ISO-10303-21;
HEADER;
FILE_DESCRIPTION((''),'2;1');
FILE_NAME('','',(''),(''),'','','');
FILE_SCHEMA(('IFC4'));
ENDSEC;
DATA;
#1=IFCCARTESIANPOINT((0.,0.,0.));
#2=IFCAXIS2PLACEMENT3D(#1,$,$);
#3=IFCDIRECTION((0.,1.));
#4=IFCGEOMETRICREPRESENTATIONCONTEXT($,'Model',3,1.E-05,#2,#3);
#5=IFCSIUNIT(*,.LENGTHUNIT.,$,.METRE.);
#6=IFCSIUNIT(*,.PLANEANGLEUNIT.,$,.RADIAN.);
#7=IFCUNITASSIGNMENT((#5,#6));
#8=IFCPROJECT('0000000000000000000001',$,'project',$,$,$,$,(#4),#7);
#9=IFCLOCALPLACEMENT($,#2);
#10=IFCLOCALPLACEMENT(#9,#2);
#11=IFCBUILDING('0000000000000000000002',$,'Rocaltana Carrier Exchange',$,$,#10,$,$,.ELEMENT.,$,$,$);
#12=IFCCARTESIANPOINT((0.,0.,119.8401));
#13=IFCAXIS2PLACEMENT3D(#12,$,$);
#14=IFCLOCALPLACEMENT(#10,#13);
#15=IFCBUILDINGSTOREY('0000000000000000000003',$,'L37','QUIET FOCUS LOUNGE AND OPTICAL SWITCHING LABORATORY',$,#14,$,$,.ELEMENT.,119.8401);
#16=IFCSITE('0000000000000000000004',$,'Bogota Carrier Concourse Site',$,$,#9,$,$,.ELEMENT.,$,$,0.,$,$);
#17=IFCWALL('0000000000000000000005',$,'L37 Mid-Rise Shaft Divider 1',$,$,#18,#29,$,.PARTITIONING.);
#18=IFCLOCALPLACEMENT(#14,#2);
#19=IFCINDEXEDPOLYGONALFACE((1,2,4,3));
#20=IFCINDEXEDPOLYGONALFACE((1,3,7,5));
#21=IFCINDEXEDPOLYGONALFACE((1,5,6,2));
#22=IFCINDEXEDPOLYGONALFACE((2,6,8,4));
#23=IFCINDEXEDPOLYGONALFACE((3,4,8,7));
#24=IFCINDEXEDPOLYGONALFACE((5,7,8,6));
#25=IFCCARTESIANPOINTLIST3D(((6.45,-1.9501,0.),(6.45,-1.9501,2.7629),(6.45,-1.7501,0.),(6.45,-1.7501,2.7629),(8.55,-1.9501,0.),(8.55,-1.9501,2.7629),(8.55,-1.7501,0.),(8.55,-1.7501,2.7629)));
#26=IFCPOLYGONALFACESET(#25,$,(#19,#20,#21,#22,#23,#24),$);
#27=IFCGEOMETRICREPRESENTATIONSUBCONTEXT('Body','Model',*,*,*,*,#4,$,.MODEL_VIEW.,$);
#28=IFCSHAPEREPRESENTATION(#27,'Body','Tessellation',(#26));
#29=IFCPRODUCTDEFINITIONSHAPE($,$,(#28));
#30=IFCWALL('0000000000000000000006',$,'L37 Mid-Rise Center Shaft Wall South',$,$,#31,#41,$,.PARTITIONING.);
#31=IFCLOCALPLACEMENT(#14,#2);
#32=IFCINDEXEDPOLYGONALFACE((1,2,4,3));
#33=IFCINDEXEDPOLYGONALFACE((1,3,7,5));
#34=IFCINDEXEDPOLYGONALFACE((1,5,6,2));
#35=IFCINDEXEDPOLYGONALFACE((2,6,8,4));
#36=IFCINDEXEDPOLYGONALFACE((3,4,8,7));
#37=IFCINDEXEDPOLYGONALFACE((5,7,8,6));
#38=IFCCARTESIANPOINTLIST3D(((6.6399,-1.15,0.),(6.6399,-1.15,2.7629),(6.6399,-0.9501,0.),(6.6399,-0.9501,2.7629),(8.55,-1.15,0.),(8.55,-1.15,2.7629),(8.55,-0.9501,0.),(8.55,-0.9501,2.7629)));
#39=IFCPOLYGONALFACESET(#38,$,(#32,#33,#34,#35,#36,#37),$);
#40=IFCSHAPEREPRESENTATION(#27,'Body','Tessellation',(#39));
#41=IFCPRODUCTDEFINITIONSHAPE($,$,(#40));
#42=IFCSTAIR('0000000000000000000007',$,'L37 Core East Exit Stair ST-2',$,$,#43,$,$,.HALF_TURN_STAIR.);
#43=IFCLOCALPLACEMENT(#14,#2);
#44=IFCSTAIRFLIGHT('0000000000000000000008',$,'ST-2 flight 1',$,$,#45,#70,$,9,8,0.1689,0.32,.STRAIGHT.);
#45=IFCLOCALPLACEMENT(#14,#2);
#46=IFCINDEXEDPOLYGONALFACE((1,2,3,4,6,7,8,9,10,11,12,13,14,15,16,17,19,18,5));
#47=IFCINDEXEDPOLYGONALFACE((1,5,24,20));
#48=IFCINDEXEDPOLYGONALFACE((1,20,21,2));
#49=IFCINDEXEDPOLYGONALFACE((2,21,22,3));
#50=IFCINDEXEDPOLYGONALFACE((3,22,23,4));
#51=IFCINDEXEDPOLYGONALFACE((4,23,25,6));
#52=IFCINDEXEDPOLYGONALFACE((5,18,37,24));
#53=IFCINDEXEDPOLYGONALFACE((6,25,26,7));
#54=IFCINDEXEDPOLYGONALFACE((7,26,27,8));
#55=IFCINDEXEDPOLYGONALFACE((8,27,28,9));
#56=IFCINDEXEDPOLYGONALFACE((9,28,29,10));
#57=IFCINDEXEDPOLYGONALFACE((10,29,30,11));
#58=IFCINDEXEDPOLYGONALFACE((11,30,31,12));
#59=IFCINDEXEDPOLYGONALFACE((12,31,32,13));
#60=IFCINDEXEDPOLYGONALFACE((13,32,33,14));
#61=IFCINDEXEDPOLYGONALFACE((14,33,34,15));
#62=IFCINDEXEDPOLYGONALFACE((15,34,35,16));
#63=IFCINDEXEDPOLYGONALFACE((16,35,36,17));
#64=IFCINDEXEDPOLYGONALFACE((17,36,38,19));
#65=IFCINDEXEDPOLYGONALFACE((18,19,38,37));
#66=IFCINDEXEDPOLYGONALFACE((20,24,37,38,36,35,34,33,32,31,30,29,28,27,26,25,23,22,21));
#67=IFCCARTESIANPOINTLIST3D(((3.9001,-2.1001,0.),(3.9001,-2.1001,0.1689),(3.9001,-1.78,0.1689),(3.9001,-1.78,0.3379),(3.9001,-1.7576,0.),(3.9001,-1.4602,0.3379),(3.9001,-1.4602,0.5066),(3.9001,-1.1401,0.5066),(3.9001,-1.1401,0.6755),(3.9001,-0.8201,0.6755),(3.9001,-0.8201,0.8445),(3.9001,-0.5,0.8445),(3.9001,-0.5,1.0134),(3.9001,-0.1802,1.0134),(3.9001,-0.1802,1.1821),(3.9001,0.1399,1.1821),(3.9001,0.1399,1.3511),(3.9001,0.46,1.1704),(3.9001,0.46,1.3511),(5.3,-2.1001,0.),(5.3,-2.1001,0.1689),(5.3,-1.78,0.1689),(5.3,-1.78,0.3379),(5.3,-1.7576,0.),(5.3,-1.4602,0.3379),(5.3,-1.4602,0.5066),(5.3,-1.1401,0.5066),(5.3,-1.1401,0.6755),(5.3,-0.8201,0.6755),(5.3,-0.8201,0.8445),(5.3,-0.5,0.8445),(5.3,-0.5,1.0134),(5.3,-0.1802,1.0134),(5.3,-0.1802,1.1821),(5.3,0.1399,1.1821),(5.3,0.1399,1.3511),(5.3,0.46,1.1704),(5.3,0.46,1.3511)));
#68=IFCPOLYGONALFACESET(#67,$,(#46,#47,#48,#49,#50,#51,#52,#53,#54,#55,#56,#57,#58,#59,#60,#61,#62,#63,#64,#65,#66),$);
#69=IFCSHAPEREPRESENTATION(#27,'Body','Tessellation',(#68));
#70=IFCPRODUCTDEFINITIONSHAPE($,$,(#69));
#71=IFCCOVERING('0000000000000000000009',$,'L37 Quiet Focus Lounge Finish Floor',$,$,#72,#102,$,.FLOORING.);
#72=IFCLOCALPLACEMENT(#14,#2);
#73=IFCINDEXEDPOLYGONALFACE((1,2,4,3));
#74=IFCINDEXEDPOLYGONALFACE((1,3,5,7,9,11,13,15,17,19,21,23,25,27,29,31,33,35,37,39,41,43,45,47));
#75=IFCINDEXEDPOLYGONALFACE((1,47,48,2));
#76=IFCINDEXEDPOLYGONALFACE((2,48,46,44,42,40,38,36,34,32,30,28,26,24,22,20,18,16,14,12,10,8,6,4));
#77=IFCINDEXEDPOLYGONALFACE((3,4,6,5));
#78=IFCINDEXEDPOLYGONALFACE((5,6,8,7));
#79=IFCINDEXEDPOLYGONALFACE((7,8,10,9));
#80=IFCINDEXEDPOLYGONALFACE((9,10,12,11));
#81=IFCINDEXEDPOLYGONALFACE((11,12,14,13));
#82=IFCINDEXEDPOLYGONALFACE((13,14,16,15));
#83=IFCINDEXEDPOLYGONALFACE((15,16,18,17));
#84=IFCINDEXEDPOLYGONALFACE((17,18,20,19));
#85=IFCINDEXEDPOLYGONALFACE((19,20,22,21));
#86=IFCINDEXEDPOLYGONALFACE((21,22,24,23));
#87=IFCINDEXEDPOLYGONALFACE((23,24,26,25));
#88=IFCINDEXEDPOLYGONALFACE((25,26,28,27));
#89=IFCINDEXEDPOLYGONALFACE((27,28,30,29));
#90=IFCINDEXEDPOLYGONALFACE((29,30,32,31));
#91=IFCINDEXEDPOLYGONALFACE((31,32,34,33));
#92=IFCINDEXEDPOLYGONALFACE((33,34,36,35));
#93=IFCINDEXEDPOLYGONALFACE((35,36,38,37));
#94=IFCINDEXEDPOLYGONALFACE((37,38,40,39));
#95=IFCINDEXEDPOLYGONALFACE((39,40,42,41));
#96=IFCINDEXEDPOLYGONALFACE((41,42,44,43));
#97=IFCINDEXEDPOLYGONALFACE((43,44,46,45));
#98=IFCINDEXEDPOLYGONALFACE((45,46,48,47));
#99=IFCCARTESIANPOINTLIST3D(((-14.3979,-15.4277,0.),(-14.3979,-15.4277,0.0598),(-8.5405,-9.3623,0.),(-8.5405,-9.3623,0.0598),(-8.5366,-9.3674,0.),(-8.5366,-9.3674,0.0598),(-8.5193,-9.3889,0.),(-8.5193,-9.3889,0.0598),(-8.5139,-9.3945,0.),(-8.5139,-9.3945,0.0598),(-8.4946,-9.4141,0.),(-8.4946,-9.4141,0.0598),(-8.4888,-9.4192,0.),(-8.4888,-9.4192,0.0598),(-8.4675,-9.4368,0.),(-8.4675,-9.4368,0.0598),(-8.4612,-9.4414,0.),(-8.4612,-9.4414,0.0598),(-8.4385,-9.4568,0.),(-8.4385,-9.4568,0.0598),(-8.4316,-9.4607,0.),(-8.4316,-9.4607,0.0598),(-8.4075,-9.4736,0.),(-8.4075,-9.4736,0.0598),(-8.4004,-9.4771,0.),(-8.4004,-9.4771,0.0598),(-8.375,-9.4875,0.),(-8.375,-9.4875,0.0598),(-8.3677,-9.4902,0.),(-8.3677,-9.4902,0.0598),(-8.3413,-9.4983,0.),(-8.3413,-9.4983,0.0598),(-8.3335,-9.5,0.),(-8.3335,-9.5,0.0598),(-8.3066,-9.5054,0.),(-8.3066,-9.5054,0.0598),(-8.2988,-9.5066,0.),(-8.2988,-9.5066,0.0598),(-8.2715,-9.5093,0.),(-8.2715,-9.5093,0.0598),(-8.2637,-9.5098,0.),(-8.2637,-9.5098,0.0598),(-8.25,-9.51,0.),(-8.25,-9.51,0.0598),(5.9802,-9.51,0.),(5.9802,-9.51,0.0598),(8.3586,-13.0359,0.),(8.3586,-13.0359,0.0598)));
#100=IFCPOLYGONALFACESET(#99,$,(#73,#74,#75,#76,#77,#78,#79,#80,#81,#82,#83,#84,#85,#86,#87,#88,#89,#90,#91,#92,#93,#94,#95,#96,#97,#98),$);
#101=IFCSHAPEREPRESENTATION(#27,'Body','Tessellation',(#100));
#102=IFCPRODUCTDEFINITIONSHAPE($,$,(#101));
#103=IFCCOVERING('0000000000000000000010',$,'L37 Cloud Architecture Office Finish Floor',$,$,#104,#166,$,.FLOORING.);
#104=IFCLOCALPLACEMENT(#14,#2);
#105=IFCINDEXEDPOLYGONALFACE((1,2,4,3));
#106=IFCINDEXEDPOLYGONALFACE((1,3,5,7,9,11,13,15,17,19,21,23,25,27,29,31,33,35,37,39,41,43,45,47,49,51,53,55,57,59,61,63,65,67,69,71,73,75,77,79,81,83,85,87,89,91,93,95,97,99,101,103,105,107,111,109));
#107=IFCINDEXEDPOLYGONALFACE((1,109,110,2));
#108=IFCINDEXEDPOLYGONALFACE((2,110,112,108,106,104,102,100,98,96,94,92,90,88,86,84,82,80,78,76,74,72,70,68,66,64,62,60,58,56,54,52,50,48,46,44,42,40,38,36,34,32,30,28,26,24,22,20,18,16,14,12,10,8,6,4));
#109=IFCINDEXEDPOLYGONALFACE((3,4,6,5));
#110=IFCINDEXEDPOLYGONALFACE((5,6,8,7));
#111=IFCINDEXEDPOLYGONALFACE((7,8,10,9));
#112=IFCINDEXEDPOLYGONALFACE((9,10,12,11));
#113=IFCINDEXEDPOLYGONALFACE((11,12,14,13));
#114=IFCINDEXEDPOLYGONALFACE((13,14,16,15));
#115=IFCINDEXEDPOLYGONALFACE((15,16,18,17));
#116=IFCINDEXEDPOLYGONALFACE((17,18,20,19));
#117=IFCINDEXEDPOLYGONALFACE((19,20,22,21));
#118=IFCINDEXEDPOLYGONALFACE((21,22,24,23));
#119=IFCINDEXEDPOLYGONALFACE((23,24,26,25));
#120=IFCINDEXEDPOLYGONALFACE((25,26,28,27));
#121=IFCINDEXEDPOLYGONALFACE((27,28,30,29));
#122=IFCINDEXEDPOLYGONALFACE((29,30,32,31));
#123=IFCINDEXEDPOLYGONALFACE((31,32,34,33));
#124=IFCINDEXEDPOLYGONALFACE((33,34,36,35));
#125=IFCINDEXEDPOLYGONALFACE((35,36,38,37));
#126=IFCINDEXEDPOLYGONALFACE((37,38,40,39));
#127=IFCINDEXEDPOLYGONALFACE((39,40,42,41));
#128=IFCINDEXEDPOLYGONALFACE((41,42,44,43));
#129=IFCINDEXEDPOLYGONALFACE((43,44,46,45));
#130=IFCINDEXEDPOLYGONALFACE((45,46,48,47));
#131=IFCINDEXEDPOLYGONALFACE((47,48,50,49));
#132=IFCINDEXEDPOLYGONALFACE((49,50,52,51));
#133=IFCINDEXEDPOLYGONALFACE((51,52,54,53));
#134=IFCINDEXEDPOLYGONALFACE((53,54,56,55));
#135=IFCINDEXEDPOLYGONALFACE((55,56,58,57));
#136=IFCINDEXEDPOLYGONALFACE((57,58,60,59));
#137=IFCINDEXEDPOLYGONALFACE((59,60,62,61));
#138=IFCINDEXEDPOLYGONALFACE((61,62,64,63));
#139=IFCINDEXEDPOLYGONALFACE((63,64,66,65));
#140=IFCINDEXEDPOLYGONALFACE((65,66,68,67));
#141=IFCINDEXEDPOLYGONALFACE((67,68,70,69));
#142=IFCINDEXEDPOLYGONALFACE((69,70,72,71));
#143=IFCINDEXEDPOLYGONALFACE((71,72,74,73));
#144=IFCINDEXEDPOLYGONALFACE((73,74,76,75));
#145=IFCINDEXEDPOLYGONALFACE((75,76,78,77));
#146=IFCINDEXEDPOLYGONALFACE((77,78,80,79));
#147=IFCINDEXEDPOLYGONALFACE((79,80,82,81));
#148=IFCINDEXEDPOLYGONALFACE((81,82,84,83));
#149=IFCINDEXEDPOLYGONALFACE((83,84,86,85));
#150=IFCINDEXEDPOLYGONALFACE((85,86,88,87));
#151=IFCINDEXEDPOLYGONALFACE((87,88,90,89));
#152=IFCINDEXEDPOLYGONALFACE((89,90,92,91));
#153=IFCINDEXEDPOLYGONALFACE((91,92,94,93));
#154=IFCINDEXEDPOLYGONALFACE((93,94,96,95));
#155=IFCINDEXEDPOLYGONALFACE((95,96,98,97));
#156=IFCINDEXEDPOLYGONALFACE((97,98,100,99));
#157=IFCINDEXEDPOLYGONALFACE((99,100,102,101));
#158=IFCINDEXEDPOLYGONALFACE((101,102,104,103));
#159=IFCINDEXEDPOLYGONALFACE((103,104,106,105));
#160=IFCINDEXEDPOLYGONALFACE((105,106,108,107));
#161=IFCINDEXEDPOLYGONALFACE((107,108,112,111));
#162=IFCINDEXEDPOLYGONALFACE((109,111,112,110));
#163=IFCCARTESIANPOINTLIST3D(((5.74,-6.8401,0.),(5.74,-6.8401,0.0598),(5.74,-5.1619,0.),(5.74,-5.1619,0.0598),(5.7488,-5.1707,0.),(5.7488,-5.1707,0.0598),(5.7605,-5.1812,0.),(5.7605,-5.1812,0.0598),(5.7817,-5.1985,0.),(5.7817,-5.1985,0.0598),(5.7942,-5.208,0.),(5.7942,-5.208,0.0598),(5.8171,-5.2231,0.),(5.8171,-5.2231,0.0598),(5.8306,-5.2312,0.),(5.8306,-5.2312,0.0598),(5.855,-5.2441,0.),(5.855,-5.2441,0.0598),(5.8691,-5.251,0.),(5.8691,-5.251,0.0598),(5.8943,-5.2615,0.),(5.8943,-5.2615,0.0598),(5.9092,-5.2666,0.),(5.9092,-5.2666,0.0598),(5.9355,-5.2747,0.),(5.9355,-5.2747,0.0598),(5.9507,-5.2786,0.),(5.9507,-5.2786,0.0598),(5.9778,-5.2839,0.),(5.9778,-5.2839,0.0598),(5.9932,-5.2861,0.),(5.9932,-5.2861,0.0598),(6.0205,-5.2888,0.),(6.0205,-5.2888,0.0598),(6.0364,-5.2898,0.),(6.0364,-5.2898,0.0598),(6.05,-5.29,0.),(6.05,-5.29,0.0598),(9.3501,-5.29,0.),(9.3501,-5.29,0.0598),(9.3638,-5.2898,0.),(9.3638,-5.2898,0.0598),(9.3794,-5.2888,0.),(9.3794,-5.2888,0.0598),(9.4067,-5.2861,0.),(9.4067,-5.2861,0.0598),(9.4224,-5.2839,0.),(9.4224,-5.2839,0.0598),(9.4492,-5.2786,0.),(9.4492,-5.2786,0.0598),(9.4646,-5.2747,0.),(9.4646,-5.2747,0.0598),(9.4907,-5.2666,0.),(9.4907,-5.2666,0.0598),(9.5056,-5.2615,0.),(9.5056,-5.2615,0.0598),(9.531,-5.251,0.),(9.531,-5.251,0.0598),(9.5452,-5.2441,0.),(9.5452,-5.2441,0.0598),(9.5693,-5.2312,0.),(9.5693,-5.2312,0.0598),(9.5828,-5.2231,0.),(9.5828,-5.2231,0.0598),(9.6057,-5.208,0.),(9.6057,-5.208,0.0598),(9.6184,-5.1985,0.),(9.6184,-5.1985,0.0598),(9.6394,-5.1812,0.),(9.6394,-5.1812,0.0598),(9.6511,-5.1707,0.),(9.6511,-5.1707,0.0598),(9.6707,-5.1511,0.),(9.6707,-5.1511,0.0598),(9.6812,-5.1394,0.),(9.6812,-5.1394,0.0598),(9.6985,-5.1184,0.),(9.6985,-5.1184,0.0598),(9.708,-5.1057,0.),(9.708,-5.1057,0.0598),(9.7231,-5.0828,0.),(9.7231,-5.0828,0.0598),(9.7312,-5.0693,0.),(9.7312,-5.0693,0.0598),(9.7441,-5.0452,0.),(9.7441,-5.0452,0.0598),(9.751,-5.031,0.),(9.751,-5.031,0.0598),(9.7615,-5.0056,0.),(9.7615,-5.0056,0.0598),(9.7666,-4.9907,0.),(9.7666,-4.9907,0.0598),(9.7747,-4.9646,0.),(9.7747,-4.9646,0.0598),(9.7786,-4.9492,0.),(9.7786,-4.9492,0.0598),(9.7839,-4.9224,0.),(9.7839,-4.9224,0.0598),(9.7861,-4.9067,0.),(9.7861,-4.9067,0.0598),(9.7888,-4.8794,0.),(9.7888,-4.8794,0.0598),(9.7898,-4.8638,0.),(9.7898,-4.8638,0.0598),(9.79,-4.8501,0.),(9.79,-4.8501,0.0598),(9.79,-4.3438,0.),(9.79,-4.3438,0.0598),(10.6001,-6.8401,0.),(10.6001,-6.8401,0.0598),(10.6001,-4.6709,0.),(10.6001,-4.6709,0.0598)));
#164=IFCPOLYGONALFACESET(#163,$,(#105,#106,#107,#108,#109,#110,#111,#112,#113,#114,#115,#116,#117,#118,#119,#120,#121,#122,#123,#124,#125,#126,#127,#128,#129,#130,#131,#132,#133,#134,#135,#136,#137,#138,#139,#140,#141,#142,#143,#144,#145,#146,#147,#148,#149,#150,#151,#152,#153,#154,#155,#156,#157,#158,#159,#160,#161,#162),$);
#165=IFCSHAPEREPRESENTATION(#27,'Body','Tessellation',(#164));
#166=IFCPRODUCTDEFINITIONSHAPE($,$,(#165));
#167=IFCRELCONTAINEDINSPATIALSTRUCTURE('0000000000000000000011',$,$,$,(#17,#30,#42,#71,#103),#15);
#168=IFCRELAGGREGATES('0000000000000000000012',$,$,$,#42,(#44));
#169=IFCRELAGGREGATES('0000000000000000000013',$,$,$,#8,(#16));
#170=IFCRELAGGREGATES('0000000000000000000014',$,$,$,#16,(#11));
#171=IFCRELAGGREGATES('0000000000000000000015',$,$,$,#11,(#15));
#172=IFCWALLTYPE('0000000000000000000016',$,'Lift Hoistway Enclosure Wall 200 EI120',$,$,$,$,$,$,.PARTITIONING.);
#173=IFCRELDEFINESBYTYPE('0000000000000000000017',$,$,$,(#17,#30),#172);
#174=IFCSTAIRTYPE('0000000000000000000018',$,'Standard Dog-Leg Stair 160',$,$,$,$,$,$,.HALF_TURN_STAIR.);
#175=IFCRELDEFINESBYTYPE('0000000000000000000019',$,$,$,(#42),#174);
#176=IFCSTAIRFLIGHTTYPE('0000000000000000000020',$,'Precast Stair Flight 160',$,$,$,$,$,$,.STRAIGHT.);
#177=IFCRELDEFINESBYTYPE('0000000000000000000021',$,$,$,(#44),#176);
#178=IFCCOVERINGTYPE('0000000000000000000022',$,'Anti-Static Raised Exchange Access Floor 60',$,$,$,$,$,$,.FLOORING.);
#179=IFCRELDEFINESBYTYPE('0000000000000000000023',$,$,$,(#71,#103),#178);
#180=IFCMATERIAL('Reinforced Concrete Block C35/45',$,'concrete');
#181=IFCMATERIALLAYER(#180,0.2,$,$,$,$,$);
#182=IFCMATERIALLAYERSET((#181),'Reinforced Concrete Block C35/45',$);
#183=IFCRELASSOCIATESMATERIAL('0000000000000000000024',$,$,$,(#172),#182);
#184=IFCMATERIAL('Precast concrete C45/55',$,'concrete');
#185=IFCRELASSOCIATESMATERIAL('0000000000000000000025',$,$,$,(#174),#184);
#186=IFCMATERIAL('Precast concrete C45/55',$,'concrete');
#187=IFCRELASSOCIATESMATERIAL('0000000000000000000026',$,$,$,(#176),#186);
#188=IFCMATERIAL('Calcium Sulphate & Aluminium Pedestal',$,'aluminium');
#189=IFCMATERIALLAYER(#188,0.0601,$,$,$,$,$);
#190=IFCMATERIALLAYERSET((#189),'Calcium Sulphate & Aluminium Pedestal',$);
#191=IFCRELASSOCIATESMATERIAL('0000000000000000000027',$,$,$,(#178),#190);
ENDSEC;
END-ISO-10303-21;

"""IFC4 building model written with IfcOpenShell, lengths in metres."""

from ifc_helpers import new_model, si_unit, direction, frame, frame_2d, origin, place, context, subcontext, project, spatial, polyline, rectangle, outline, extrude, material, layer, layer_set, type_object, element, aggregate, save


model = new_model("IFC4")

# Units and contexts
model_context = context("Model", 3, precision=1e-05, world=origin(), true_north=direction((0.0, 1.0)))
body_context = subcontext(model_context, "Body", "Model", "MODEL_VIEW")
ifc_project = project(units=[si_unit("LENGTHUNIT", "METRE"), si_unit("PLANEANGLEUNIT", "RADIAN")], contexts=[model_context])

# Site, building, storey
site_placement = place(None, origin())
site = spatial("IfcSite", under=ifc_project, at=site_placement, Name="Bogota Carrier Concourse Site", CompositionType="ELEMENT", RefElevation=0.0)
building_placement = place(site_placement, origin())
building = spatial("IfcBuilding", under=site, at=building_placement, Name="Rocaltana Carrier Exchange", CompositionType="ELEMENT")
storey_placement = place(building_placement, frame((0.0, 0.0, 119.8401)))
storey = spatial("IfcBuildingStorey", under=building, at=storey_placement, Name="L37", Description="QUIET FOCUS LOUNGE AND OPTICAL SWITCHING LABORATORY", CompositionType="ELEMENT", Elevation=119.8401)

# Walls
ifc_material_1 = material(Name="Reinforced Concrete Block C35/45", Category="concrete")
ifc_layer_1 = layer(ifc_material_1, 0.2)
ifc_layer_set_1 = layer_set([ifc_layer_1], Name="Reinforced Concrete Block C35/45")
wall_type_1 = type_object("IfcWallType", Name="Lift Hoistway Enclosure Wall 200 EI120", PredefinedType="PARTITIONING", material=ifc_layer_set_1)
wall_1_placement = place(storey_placement, frame((6.45, -1.8501, 0.0), z_axis=(0.0, 0.0, 1.0), x_axis=(1.0, 0.0, 0.0)))
element("IfcWall", 1, at=wall_1_placement, inside=storey, type_object=wall_type_1, Name="L37 Mid-Rise Shaft Divider 1", PredefinedType="PARTITIONING", context=body_context, shape_type="SweptSolid", body=[
    extrude(rectangle(XDim=2.1001, YDim=0.2, at=frame_2d((1.05, 0.0))), origin(), (0.0, 0.0, 1.0), 2.7629),
])
wall_2_placement = place(storey_placement, frame((6.6399, -1.05, 0.0), z_axis=(0.0, 0.0, 1.0), x_axis=(1.0, 0.0, 0.0)))
element("IfcWall", 2, at=wall_2_placement, inside=storey, type_object=wall_type_1, Name="L37 Mid-Rise Center Shaft Wall South", PredefinedType="PARTITIONING", context=body_context, shape_type="SweptSolid", body=[
    extrude(rectangle(XDim=1.9102, YDim=0.2, at=frame_2d((0.9551, 0.0))), origin(), (0.0, 0.0, 1.0), 2.7629),
])

# Stair, stair flight
ifc_material_2 = material(Name="Precast concrete C45/55", Category="concrete")
stair_type = type_object("IfcStairType", Name="Standard Dog-Leg Stair 160", PredefinedType="HALF_TURN_STAIR", material=ifc_material_2)
stair_placement = place(storey_placement, origin())
stair = element("IfcStair", 3, at=stair_placement, inside=storey, type_object=stair_type, Name="L37 Core East Exit Stair ST-2", PredefinedType="HALF_TURN_STAIR")
ifc_material_3 = material(Name="Precast concrete C45/55", Category="concrete")
stair_flight_type = type_object("IfcStairFlightType", Name="Precast Stair Flight 160", PredefinedType="STRAIGHT", material=ifc_material_3)
stair_flight_placement = place(storey_placement, frame((4.6001, -2.1001, 0.0), z_axis=(0.0, 0.0, 1.0), x_axis=(0.0, 1.0, 0.0)))
stair_flight = element("IfcStairFlight", 4, at=stair_flight_placement, type_object=stair_flight_type, Name="ST-2 flight 1", NumberOfRisers=9, NumberOfTreads=8, PredefinedType="STRAIGHT", RiserHeight=0.1689, TreadLength=0.32, context=body_context, shape_type="SweptSolid", body=[
    extrude(outline(polyline([(0.0, 0.0), (0.0, 0.1689), (0.3201, 0.1689), (0.3201, 0.3379), (0.6399, 0.3379), (0.6399, 0.5066), (0.96, 0.5066), (0.96, 0.6755), (1.28, 0.6755), (1.28, 0.8445), (1.6001, 0.8445), (1.6001, 1.0134), (1.9199, 1.0134), (1.9199, 1.1821), (2.24, 1.1821), (2.24, 1.3511), (2.5601, 1.3511), (2.5601, 1.52), (2.5601, 1.1704), (0.3425, 0.0), (0.0, 0.0)])), frame((0.0, 0.7, 0.0), z_axis=(0.0, -1.0, 0.0), x_axis=(1.0, 0.0, 0.0)), (0.0, 0.0, 1.0), 1.3999),
])
aggregate(stair, [stair_flight])

# Coverings
ifc_material_4 = material(Name="Calcium Sulphate & Aluminium Pedestal", Category="aluminium")
ifc_layer_2 = layer(ifc_material_4, 0.0601)
ifc_layer_set_2 = layer_set([ifc_layer_2], Name="Calcium Sulphate & Aluminium Pedestal")
covering_type_1 = type_object("IfcCoveringType", Name="Anti-Static Raised Exchange Access Floor 60", PredefinedType="FLOORING", material=ifc_layer_set_2)
covering_1_placement = place(storey_placement, origin())
element("IfcCovering", 5, at=covering_1_placement, inside=storey, type_object=covering_type_1, Name="L37 Quiet Focus Lounge Finish Floor", PredefinedType="FLOORING", context=body_context, shape_type="SweptSolid", body=[
    extrude(outline(polyline([(-14.3979, -15.4277), (-8.5405, -9.3623), (-8.5366, -9.3674), (-8.5193, -9.3889), (-8.5139, -9.3945), (-8.4946, -9.4141), (-8.4888, -9.4192), (-8.4675, -9.4368), (-8.4612, -9.4414), (-8.4385, -9.4568), (-8.4316, -9.4607), (-8.4075, -9.4736), (-8.4004, -9.4771), (-8.375, -9.4875), (-8.3677, -9.4902), (-8.3413, -9.4983), (-8.3335, -9.5), (-8.3066, -9.5054), (-8.2988, -9.5066), (-8.2715, -9.5093), (-8.2637, -9.5098), (-8.25, -9.51), (5.9802, -9.51), (8.3586, -13.0359), (-14.3979, -15.4277)])), origin(), (0.0, 0.0, 1.0), 0.0598),
])
covering_2_placement = place(storey_placement, origin())
element("IfcCovering", 6, at=covering_2_placement, inside=storey, type_object=covering_type_1, Name="L37 Cloud Architecture Office Finish Floor", PredefinedType="FLOORING", context=body_context, shape_type="SweptSolid", body=[
    extrude(outline(polyline([(5.74, -6.8401), (5.74, -5.1619), (5.7488, -5.1707), (5.7605, -5.1812), (5.7817, -5.1985), (5.7942, -5.208), (5.8171, -5.2231), (5.8306, -5.2312), (5.855, -5.2441), (5.8691, -5.251), (5.8943, -5.2615), (5.9092, -5.2666), (5.9355, -5.2747), (5.9507, -5.2786), (5.9778, -5.2839), (5.9932, -5.2861), (6.0205, -5.2888), (6.0364, -5.2898), (6.05, -5.29), (9.3501, -5.29), (9.3638, -5.2898), (9.3794, -5.2888), (9.4067, -5.2861), (9.4224, -5.2839), (9.4492, -5.2786), (9.4646, -5.2747), (9.4907, -5.2666), (9.5056, -5.2615), (9.531, -5.251), (9.5452, -5.2441), (9.5693, -5.2312), (9.5828, -5.2231), (9.6057, -5.208), (9.6184, -5.1985), (9.6394, -5.1812), (9.6511, -5.1707), (9.6707, -5.1511), (9.6812, -5.1394), (9.6985, -5.1184), (9.708, -5.1057), (9.7231, -5.0828), (9.7312, -5.0693), (9.7441, -5.0452), (9.751, -5.031), (9.7615, -5.0056), (9.7666, -4.9907), (9.7747, -4.9646), (9.7786, -4.9492), (9.7839, -4.9224), (9.7861, -4.9067), (9.7888, -4.8794), (9.7898, -4.8638), (9.79, -4.8501), (9.79, -4.3438), (10.6001, -4.6709), (10.6001, -6.8401), (5.74, -6.8401)])), origin(), (0.0, 0.0, 1.0), 0.0598),
])

save(model, "model.ifc")
